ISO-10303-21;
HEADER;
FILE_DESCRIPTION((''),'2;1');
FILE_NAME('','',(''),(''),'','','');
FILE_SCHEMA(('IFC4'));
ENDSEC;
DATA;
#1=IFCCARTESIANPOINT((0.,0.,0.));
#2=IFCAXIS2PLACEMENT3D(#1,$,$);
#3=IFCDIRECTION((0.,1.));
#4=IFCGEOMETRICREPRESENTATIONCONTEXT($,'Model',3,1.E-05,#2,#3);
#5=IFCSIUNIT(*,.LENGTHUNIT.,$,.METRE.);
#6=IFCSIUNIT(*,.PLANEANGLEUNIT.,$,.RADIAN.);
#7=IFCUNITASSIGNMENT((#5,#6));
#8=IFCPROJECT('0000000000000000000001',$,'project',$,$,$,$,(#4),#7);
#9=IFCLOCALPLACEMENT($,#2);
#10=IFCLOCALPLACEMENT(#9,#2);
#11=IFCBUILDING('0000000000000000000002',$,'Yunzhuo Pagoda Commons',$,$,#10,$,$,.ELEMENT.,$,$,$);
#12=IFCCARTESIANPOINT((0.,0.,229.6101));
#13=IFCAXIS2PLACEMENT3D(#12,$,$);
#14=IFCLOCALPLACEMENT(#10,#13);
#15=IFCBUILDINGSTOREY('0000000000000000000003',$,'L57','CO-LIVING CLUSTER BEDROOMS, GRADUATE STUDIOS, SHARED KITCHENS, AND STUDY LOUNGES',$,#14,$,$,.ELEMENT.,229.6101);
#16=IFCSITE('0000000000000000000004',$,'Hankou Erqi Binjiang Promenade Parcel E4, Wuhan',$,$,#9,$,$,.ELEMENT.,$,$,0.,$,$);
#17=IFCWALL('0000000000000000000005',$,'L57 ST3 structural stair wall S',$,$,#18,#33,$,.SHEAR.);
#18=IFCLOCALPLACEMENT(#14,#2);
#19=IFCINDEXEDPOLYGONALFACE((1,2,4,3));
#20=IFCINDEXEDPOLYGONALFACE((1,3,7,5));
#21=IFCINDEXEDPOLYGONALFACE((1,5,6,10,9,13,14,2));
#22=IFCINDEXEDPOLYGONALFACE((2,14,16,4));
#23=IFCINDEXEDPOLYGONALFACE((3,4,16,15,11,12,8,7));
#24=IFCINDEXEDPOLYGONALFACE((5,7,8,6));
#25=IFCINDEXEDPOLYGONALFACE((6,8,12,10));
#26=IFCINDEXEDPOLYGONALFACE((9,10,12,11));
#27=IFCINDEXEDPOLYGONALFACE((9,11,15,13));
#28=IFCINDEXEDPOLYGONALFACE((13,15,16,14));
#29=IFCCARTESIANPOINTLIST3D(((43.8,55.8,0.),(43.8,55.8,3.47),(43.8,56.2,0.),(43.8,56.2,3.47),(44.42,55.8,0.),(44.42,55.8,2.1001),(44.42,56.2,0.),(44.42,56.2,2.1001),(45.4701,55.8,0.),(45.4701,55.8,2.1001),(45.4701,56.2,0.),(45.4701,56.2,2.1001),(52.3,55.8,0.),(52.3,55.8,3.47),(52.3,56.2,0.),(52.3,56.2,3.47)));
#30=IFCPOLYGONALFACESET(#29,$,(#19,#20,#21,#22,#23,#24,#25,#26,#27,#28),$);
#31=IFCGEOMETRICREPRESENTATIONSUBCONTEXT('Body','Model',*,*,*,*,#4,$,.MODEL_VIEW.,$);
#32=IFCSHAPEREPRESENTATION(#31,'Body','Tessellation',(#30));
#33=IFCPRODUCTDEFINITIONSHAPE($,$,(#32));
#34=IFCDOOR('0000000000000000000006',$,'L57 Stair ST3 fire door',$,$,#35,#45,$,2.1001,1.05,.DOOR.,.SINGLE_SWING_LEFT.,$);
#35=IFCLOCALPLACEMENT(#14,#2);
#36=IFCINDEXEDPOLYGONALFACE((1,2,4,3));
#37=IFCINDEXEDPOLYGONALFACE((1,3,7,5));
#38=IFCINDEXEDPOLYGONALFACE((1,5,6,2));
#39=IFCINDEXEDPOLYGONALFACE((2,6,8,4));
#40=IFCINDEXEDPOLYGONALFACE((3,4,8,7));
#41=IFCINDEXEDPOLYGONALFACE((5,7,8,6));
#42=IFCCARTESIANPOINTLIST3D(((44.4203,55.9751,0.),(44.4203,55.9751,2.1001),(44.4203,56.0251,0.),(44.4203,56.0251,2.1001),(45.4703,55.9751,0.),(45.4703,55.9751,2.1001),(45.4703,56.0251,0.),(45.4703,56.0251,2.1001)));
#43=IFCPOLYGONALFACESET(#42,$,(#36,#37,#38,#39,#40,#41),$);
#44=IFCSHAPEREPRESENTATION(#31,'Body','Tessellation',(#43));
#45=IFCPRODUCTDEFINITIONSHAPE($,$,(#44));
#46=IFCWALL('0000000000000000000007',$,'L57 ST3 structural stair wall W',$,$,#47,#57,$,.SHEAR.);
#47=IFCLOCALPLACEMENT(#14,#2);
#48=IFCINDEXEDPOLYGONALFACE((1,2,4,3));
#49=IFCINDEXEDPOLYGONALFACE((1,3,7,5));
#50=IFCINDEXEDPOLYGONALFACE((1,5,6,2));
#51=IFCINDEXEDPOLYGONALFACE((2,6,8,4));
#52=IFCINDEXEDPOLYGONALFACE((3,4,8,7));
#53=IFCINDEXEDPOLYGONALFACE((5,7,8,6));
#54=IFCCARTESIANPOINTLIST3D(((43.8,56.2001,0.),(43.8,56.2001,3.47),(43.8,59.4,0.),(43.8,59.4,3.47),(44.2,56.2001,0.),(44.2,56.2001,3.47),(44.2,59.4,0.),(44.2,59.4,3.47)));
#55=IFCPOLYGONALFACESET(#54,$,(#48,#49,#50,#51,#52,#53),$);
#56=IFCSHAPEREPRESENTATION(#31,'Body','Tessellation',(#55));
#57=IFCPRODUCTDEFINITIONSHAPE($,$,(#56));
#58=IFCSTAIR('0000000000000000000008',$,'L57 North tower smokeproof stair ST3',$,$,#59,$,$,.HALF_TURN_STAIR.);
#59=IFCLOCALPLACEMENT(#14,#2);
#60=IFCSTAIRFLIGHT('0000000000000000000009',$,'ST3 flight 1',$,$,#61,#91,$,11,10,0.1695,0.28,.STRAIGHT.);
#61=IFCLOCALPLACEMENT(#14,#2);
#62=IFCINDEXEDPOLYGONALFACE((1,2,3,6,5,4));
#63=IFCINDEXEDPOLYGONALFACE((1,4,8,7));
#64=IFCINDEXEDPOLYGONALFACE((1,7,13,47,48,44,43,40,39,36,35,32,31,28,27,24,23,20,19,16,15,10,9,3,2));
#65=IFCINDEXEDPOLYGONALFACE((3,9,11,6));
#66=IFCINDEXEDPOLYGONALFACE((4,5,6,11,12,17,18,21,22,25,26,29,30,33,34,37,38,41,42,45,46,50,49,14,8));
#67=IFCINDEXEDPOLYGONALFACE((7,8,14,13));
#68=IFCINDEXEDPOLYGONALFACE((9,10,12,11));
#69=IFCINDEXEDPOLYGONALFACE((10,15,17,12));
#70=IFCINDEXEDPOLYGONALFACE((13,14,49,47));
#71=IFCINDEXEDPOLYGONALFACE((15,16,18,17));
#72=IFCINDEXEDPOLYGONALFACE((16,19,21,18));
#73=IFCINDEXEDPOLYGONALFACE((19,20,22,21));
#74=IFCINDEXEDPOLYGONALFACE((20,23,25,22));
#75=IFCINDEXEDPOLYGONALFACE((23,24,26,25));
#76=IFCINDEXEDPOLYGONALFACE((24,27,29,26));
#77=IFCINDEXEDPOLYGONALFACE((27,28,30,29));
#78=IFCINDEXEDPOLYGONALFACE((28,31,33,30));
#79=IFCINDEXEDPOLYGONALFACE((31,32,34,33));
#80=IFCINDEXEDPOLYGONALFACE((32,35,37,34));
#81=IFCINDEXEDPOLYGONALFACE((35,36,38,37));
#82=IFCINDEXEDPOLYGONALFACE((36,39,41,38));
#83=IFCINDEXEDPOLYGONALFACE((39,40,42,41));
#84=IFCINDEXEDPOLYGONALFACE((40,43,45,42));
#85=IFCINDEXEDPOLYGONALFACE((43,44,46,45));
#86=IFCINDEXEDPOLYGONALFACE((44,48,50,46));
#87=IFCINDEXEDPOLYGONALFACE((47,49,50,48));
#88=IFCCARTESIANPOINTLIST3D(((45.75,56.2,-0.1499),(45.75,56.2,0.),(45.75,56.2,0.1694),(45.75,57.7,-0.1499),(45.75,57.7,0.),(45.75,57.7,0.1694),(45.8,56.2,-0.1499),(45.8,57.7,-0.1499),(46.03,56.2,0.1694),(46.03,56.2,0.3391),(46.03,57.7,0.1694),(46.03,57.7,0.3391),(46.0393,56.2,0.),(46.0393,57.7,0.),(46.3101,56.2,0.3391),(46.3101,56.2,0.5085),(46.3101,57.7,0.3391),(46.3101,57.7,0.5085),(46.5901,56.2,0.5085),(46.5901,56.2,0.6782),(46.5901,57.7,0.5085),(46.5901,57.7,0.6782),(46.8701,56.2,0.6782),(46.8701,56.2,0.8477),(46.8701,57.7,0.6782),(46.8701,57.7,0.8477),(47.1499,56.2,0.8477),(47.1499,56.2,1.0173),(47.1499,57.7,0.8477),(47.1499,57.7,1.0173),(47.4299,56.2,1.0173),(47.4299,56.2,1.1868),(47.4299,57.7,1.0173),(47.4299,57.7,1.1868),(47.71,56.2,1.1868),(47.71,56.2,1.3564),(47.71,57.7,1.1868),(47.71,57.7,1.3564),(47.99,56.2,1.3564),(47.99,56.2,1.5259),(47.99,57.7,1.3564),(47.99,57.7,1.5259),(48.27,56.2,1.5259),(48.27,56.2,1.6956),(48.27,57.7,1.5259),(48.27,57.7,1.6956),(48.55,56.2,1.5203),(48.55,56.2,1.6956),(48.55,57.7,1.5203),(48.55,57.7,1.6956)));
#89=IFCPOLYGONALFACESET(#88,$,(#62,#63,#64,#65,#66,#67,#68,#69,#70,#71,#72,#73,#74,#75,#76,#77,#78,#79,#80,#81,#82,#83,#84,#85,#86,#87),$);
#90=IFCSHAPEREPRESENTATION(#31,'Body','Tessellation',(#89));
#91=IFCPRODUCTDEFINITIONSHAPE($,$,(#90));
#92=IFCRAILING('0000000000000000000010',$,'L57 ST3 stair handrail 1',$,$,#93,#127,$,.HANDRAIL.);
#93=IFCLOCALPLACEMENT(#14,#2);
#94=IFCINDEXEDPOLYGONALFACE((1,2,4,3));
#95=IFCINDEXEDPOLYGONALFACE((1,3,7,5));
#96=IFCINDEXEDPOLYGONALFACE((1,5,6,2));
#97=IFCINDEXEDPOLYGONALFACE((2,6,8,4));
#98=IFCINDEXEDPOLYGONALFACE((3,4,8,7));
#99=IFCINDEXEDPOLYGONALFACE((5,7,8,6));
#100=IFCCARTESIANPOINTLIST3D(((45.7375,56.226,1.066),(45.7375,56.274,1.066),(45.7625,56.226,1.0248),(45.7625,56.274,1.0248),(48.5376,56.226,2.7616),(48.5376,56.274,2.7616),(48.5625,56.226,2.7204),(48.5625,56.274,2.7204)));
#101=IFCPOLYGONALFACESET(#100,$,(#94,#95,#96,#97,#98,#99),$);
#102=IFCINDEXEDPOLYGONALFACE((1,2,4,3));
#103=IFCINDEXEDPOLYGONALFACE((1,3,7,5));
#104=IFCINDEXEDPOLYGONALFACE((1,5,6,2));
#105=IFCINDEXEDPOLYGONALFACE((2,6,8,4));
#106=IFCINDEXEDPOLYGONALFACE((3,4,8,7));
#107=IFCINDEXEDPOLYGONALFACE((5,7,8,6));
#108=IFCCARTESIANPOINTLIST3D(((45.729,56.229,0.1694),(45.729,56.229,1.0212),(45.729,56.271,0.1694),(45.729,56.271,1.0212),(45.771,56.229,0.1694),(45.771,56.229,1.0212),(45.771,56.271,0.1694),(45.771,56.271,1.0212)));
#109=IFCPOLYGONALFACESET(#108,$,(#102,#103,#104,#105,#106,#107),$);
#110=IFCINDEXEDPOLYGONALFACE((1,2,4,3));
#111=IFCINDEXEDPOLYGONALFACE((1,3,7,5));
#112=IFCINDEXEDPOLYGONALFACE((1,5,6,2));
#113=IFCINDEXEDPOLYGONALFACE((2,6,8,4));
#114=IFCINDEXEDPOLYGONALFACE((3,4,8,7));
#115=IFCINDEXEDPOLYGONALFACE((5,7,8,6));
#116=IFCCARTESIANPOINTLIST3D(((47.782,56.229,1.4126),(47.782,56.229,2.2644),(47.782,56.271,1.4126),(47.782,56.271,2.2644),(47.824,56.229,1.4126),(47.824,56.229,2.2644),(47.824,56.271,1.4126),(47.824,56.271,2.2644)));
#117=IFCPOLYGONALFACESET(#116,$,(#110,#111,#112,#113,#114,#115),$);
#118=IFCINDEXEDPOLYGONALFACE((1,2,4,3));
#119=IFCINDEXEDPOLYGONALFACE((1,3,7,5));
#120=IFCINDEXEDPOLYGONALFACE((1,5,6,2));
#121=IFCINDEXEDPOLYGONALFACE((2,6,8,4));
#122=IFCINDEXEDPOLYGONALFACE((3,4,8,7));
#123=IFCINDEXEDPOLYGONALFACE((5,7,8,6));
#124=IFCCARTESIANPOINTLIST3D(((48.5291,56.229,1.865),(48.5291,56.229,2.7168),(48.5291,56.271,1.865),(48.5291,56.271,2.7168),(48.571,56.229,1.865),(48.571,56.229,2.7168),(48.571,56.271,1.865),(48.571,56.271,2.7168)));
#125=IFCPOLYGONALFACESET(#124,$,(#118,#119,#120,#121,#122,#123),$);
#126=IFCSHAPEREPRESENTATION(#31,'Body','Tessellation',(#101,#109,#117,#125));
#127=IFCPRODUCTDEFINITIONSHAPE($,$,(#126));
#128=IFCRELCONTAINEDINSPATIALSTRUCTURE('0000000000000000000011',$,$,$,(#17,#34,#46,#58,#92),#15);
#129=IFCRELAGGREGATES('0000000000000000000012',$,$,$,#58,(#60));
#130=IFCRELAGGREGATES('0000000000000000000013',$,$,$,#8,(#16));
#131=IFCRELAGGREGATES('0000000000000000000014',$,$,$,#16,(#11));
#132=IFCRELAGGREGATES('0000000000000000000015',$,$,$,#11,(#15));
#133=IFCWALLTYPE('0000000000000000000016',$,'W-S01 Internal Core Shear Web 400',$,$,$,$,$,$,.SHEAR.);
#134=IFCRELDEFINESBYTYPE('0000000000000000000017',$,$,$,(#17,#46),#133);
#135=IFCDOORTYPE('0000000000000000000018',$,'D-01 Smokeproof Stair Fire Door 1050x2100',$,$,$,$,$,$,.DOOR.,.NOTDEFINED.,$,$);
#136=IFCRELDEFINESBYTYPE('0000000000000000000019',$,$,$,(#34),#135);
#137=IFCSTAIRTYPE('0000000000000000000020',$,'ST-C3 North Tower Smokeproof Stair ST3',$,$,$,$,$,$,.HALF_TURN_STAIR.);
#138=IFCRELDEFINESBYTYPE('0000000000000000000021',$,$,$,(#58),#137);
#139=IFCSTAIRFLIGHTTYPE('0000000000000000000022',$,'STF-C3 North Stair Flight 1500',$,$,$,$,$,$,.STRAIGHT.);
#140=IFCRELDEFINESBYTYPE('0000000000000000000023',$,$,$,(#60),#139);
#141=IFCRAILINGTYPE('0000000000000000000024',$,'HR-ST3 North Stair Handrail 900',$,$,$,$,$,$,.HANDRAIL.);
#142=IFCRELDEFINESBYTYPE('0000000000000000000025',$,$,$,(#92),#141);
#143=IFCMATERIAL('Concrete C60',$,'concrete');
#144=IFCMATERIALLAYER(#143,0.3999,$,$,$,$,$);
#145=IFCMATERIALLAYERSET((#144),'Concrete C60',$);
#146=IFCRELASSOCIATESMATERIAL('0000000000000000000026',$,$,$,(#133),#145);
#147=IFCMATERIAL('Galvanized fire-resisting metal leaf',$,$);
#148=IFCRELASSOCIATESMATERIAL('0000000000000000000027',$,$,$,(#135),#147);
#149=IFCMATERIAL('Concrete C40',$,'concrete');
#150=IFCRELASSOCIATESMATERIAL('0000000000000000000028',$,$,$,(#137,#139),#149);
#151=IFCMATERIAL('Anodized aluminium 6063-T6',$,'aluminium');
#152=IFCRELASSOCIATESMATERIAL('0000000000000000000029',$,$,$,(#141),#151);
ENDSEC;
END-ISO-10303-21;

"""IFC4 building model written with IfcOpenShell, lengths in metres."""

from ifc_helpers import new_model, si_unit, direction, frame, frame_2d, origin, origin_2d, place, context, subcontext, project, spatial, polyline, rectangle, outline, extrude, source, transform, mapped, material, layer, layer_set, type_object, element, fill, aggregate, save


model = new_model("IFC4")

# Units and contexts
model_context = context("Model", 3, precision=1e-05, world=origin(), true_north=direction((0.0, 1.0)))
body_context = subcontext(model_context, "Body", "Model", "MODEL_VIEW")
ifc_project = project(units=[si_unit("LENGTHUNIT", "METRE"), si_unit("PLANEANGLEUNIT", "RADIAN")], contexts=[model_context])

# Site, building, storey
site_placement = place(None, origin())
site = spatial("IfcSite", under=ifc_project, at=site_placement, Name="Hankou Erqi Binjiang Promenade Parcel E4, Wuhan", CompositionType="ELEMENT", RefElevation=0.0)
building_placement = place(site_placement, origin())
building = spatial("IfcBuilding", under=site, at=building_placement, Name="Yunzhuo Pagoda Commons", CompositionType="ELEMENT")
storey_placement = place(building_placement, frame((0.0, 0.0, 229.6101)))
storey = spatial("IfcBuildingStorey", under=building, at=storey_placement, Name="L57", Description="CO-LIVING CLUSTER BEDROOMS, GRADUATE STUDIOS, SHARED KITCHENS, AND STUDY LOUNGES", CompositionType="ELEMENT", Elevation=229.6101)

# Shared definitions
ifc_material_1 = material(Name="Anodized aluminium 6063-T6", Category="aluminium")

# Wall, opening, door
ifc_material_2 = material(Name="Concrete C60", Category="concrete")
ifc_layer_1 = layer(ifc_material_2, 0.3999)
ifc_layer_set_1 = layer_set([ifc_layer_1], Name="Concrete C60")
wall_type = type_object("IfcWallType", Name="W-S01 Internal Core Shear Web 400", PredefinedType="SHEAR", material=ifc_layer_set_1)
wall_1_placement = place(storey_placement, frame((43.8, 56.0, 0.0), z_axis=(0.0, 0.0, 1.0), x_axis=(1.0, 0.0, 0.0)))
wall_1 = element("IfcWall", 1, at=wall_1_placement, inside=storey, type_object=wall_type, Name="L57 ST3 structural stair wall S", PredefinedType="SHEAR", context=body_context, shape_type="SweptSolid", body=[
    extrude(rectangle(XDim=8.5, YDim=0.3999, at=frame_2d((4.25, 0.0))), origin(), (0.0, 0.0, 1.0), 3.47),
])
opening_placement = place(wall_1_placement, frame((0.6201, 0.0, 0.0)))
opening = element("IfcOpeningElement", 2, at=opening_placement, cuts=wall_1, PredefinedType="OPENING", context=body_context, shape_type="SweptSolid", body=[
    extrude(rectangle(XDim=1.05, YDim=2.1001, at=frame_2d((0.5249, 1.05))), frame((0.0, 0.21, 0.0), z_axis=(0.0, -1.0, 0.0), x_axis=(1.0, 0.0, 0.0)), (0.0, 0.0, 1.0), 0.4199),
])
ifc_material_3 = material(Name="Galvanized fire-resisting metal leaf")
door_type = type_object("IfcDoorType", Name="D-01 Smokeproof Stair Fire Door 1050x2100", OperationType="NOTDEFINED", PredefinedType="DOOR", material=ifc_material_3)
shared_shape_1 = source(origin(), body_context, "Body", "SweptSolid", [
    extrude(rectangle(XDim=1.05, YDim=2.1001, at=frame_2d((0.5249, 1.05))), frame((0.0, 0.0249, 0.0), z_axis=(0.0, -1.0, 0.0), x_axis=(1.0, 0.0, 0.0)), (0.0, 0.0, 1.0), 0.05),
])
door_placement = place(opening_placement, frame((1.05, 0.0, 0.0), z_axis=(0.0, 0.0, 1.0), x_axis=(-1.0, 0.0, 0.0)))
door = element("IfcDoor", 3, at=door_placement, inside=storey, type_object=door_type, Name="L57 Stair ST3 fire door", OperationType="SINGLE_SWING_LEFT", OverallHeight=2.1001, OverallWidth=1.05, PredefinedType="DOOR", context=body_context, shape_type="MappedRepresentation", body=[
    mapped(shared_shape_1, transform((0.0, 0.0, 0.0), scale=1.0)),
])
fill(opening, door)

# Wall
wall_2_placement = place(storey_placement, frame((44.0, 56.2, 0.0), z_axis=(0.0, 0.0, 1.0), x_axis=(0.0, 1.0, 0.0)))
element("IfcWall", 4, at=wall_2_placement, inside=storey, type_object=wall_type, Name="L57 ST3 structural stair wall W", PredefinedType="SHEAR", context=body_context, shape_type="SweptSolid", body=[
    extrude(rectangle(XDim=3.2, YDim=0.3999, at=frame_2d((1.6001, 0.0))), origin(), (0.0, 0.0, 1.0), 3.47),
])

# Stair, stair flight
ifc_material_4 = material(Name="Concrete C40", Category="concrete")
stair_type = type_object("IfcStairType", Name="ST-C3 North Tower Smokeproof Stair ST3", PredefinedType="HALF_TURN_STAIR", material=ifc_material_4)
stair_placement = place(storey_placement, origin())
stair = element("IfcStair", 5, at=stair_placement, inside=storey, type_object=stair_type, Name="L57 North tower smokeproof stair ST3", PredefinedType="HALF_TURN_STAIR")
stair_flight_type = type_object("IfcStairFlightType", Name="STF-C3 North Stair Flight 1500", PredefinedType="STRAIGHT", material=ifc_material_4)
shared_shape_2 = source(origin(), body_context, "Body", "SweptSolid", [
    extrude(outline(polyline([(0.0, -0.1499), (0.0, 0.0), (0.0, 0.1694), (0.28, 0.1694), (0.28, 0.3391), (0.5601, 0.3391), (0.5601, 0.5085), (0.8401, 0.5085), (0.8401, 0.6782), (1.1201, 0.6782), (1.1201, 0.8477), (1.3999, 0.8477), (1.3999, 1.0173), (1.6799, 1.0173), (1.6799, 1.1868), (1.96, 1.1868), (1.96, 1.3564), (2.24, 1.3564), (2.24, 1.5259), (2.52, 1.5259), (2.52, 1.6956), (2.8, 1.6956), (2.8, 1.865), (2.8, 1.5203), (0.2893, 0.0), (0.05, -0.1499), (0.0, -0.1499)])), frame((0.0, 0.75, 0.0), z_axis=(0.0, -1.0, 0.0), x_axis=(1.0, 0.0, 0.0)), (0.0, 0.0, 1.0), 1.5),
])
stair_flight_placement = place(storey_placement, frame((45.75, 56.95, 0.0), z_axis=(0.0, 0.0, 1.0), x_axis=(1.0, 0.0, 0.0)))
stair_flight = element("IfcStairFlight", 6, at=stair_flight_placement, type_object=stair_flight_type, Name="ST3 flight 1", NumberOfRisers=11, NumberOfTreads=10, PredefinedType="STRAIGHT", RiserHeight=0.1695, TreadLength=0.28, context=body_context, shape_type="MappedRepresentation", body=[
    mapped(shared_shape_2, transform((0.0, 0.0, 0.0), scale=1.0)),
])
aggregate(stair, [stair_flight])

# Railing
railing_type = type_object("IfcRailingType", Name="HR-ST3 North Stair Handrail 900", PredefinedType="HANDRAIL", material=ifc_material_1)
railing_placement = place(storey_placement, frame((45.75, 56.25, 0.1694)))
element("IfcRailing", 7, at=railing_placement, inside=storey, type_object=railing_type, Name="L57 ST3 stair handrail 1", PredefinedType="HANDRAIL", context=body_context, shape_type="SweptSolid", body=[
    extrude(rectangle(XDim=0.0481, YDim=0.0481, at=origin_2d()), frame((0.0, 0.0, 0.876), z_axis=(0.855393, 0.0, 0.517979), x_axis=(0.0, 1.0, 0.0)), (0.0, 0.0, 1.0), 3.2734),
    extrude(rectangle(XDim=0.042, YDim=0.042, at=origin_2d()), origin(), (0.0, 0.0, 1.0), 0.8518),
    extrude(rectangle(XDim=0.042, YDim=0.042, at=origin_2d()), frame((2.053, 0.0, 1.2432)), (0.0, 0.0, 1.0), 0.8518),
    extrude(rectangle(XDim=0.042, YDim=0.042, at=origin_2d()), frame((2.8, 0.0, 1.6956)), (0.0, 0.0, 1.0), 0.8518),
])

save(model, "model.ifc")
